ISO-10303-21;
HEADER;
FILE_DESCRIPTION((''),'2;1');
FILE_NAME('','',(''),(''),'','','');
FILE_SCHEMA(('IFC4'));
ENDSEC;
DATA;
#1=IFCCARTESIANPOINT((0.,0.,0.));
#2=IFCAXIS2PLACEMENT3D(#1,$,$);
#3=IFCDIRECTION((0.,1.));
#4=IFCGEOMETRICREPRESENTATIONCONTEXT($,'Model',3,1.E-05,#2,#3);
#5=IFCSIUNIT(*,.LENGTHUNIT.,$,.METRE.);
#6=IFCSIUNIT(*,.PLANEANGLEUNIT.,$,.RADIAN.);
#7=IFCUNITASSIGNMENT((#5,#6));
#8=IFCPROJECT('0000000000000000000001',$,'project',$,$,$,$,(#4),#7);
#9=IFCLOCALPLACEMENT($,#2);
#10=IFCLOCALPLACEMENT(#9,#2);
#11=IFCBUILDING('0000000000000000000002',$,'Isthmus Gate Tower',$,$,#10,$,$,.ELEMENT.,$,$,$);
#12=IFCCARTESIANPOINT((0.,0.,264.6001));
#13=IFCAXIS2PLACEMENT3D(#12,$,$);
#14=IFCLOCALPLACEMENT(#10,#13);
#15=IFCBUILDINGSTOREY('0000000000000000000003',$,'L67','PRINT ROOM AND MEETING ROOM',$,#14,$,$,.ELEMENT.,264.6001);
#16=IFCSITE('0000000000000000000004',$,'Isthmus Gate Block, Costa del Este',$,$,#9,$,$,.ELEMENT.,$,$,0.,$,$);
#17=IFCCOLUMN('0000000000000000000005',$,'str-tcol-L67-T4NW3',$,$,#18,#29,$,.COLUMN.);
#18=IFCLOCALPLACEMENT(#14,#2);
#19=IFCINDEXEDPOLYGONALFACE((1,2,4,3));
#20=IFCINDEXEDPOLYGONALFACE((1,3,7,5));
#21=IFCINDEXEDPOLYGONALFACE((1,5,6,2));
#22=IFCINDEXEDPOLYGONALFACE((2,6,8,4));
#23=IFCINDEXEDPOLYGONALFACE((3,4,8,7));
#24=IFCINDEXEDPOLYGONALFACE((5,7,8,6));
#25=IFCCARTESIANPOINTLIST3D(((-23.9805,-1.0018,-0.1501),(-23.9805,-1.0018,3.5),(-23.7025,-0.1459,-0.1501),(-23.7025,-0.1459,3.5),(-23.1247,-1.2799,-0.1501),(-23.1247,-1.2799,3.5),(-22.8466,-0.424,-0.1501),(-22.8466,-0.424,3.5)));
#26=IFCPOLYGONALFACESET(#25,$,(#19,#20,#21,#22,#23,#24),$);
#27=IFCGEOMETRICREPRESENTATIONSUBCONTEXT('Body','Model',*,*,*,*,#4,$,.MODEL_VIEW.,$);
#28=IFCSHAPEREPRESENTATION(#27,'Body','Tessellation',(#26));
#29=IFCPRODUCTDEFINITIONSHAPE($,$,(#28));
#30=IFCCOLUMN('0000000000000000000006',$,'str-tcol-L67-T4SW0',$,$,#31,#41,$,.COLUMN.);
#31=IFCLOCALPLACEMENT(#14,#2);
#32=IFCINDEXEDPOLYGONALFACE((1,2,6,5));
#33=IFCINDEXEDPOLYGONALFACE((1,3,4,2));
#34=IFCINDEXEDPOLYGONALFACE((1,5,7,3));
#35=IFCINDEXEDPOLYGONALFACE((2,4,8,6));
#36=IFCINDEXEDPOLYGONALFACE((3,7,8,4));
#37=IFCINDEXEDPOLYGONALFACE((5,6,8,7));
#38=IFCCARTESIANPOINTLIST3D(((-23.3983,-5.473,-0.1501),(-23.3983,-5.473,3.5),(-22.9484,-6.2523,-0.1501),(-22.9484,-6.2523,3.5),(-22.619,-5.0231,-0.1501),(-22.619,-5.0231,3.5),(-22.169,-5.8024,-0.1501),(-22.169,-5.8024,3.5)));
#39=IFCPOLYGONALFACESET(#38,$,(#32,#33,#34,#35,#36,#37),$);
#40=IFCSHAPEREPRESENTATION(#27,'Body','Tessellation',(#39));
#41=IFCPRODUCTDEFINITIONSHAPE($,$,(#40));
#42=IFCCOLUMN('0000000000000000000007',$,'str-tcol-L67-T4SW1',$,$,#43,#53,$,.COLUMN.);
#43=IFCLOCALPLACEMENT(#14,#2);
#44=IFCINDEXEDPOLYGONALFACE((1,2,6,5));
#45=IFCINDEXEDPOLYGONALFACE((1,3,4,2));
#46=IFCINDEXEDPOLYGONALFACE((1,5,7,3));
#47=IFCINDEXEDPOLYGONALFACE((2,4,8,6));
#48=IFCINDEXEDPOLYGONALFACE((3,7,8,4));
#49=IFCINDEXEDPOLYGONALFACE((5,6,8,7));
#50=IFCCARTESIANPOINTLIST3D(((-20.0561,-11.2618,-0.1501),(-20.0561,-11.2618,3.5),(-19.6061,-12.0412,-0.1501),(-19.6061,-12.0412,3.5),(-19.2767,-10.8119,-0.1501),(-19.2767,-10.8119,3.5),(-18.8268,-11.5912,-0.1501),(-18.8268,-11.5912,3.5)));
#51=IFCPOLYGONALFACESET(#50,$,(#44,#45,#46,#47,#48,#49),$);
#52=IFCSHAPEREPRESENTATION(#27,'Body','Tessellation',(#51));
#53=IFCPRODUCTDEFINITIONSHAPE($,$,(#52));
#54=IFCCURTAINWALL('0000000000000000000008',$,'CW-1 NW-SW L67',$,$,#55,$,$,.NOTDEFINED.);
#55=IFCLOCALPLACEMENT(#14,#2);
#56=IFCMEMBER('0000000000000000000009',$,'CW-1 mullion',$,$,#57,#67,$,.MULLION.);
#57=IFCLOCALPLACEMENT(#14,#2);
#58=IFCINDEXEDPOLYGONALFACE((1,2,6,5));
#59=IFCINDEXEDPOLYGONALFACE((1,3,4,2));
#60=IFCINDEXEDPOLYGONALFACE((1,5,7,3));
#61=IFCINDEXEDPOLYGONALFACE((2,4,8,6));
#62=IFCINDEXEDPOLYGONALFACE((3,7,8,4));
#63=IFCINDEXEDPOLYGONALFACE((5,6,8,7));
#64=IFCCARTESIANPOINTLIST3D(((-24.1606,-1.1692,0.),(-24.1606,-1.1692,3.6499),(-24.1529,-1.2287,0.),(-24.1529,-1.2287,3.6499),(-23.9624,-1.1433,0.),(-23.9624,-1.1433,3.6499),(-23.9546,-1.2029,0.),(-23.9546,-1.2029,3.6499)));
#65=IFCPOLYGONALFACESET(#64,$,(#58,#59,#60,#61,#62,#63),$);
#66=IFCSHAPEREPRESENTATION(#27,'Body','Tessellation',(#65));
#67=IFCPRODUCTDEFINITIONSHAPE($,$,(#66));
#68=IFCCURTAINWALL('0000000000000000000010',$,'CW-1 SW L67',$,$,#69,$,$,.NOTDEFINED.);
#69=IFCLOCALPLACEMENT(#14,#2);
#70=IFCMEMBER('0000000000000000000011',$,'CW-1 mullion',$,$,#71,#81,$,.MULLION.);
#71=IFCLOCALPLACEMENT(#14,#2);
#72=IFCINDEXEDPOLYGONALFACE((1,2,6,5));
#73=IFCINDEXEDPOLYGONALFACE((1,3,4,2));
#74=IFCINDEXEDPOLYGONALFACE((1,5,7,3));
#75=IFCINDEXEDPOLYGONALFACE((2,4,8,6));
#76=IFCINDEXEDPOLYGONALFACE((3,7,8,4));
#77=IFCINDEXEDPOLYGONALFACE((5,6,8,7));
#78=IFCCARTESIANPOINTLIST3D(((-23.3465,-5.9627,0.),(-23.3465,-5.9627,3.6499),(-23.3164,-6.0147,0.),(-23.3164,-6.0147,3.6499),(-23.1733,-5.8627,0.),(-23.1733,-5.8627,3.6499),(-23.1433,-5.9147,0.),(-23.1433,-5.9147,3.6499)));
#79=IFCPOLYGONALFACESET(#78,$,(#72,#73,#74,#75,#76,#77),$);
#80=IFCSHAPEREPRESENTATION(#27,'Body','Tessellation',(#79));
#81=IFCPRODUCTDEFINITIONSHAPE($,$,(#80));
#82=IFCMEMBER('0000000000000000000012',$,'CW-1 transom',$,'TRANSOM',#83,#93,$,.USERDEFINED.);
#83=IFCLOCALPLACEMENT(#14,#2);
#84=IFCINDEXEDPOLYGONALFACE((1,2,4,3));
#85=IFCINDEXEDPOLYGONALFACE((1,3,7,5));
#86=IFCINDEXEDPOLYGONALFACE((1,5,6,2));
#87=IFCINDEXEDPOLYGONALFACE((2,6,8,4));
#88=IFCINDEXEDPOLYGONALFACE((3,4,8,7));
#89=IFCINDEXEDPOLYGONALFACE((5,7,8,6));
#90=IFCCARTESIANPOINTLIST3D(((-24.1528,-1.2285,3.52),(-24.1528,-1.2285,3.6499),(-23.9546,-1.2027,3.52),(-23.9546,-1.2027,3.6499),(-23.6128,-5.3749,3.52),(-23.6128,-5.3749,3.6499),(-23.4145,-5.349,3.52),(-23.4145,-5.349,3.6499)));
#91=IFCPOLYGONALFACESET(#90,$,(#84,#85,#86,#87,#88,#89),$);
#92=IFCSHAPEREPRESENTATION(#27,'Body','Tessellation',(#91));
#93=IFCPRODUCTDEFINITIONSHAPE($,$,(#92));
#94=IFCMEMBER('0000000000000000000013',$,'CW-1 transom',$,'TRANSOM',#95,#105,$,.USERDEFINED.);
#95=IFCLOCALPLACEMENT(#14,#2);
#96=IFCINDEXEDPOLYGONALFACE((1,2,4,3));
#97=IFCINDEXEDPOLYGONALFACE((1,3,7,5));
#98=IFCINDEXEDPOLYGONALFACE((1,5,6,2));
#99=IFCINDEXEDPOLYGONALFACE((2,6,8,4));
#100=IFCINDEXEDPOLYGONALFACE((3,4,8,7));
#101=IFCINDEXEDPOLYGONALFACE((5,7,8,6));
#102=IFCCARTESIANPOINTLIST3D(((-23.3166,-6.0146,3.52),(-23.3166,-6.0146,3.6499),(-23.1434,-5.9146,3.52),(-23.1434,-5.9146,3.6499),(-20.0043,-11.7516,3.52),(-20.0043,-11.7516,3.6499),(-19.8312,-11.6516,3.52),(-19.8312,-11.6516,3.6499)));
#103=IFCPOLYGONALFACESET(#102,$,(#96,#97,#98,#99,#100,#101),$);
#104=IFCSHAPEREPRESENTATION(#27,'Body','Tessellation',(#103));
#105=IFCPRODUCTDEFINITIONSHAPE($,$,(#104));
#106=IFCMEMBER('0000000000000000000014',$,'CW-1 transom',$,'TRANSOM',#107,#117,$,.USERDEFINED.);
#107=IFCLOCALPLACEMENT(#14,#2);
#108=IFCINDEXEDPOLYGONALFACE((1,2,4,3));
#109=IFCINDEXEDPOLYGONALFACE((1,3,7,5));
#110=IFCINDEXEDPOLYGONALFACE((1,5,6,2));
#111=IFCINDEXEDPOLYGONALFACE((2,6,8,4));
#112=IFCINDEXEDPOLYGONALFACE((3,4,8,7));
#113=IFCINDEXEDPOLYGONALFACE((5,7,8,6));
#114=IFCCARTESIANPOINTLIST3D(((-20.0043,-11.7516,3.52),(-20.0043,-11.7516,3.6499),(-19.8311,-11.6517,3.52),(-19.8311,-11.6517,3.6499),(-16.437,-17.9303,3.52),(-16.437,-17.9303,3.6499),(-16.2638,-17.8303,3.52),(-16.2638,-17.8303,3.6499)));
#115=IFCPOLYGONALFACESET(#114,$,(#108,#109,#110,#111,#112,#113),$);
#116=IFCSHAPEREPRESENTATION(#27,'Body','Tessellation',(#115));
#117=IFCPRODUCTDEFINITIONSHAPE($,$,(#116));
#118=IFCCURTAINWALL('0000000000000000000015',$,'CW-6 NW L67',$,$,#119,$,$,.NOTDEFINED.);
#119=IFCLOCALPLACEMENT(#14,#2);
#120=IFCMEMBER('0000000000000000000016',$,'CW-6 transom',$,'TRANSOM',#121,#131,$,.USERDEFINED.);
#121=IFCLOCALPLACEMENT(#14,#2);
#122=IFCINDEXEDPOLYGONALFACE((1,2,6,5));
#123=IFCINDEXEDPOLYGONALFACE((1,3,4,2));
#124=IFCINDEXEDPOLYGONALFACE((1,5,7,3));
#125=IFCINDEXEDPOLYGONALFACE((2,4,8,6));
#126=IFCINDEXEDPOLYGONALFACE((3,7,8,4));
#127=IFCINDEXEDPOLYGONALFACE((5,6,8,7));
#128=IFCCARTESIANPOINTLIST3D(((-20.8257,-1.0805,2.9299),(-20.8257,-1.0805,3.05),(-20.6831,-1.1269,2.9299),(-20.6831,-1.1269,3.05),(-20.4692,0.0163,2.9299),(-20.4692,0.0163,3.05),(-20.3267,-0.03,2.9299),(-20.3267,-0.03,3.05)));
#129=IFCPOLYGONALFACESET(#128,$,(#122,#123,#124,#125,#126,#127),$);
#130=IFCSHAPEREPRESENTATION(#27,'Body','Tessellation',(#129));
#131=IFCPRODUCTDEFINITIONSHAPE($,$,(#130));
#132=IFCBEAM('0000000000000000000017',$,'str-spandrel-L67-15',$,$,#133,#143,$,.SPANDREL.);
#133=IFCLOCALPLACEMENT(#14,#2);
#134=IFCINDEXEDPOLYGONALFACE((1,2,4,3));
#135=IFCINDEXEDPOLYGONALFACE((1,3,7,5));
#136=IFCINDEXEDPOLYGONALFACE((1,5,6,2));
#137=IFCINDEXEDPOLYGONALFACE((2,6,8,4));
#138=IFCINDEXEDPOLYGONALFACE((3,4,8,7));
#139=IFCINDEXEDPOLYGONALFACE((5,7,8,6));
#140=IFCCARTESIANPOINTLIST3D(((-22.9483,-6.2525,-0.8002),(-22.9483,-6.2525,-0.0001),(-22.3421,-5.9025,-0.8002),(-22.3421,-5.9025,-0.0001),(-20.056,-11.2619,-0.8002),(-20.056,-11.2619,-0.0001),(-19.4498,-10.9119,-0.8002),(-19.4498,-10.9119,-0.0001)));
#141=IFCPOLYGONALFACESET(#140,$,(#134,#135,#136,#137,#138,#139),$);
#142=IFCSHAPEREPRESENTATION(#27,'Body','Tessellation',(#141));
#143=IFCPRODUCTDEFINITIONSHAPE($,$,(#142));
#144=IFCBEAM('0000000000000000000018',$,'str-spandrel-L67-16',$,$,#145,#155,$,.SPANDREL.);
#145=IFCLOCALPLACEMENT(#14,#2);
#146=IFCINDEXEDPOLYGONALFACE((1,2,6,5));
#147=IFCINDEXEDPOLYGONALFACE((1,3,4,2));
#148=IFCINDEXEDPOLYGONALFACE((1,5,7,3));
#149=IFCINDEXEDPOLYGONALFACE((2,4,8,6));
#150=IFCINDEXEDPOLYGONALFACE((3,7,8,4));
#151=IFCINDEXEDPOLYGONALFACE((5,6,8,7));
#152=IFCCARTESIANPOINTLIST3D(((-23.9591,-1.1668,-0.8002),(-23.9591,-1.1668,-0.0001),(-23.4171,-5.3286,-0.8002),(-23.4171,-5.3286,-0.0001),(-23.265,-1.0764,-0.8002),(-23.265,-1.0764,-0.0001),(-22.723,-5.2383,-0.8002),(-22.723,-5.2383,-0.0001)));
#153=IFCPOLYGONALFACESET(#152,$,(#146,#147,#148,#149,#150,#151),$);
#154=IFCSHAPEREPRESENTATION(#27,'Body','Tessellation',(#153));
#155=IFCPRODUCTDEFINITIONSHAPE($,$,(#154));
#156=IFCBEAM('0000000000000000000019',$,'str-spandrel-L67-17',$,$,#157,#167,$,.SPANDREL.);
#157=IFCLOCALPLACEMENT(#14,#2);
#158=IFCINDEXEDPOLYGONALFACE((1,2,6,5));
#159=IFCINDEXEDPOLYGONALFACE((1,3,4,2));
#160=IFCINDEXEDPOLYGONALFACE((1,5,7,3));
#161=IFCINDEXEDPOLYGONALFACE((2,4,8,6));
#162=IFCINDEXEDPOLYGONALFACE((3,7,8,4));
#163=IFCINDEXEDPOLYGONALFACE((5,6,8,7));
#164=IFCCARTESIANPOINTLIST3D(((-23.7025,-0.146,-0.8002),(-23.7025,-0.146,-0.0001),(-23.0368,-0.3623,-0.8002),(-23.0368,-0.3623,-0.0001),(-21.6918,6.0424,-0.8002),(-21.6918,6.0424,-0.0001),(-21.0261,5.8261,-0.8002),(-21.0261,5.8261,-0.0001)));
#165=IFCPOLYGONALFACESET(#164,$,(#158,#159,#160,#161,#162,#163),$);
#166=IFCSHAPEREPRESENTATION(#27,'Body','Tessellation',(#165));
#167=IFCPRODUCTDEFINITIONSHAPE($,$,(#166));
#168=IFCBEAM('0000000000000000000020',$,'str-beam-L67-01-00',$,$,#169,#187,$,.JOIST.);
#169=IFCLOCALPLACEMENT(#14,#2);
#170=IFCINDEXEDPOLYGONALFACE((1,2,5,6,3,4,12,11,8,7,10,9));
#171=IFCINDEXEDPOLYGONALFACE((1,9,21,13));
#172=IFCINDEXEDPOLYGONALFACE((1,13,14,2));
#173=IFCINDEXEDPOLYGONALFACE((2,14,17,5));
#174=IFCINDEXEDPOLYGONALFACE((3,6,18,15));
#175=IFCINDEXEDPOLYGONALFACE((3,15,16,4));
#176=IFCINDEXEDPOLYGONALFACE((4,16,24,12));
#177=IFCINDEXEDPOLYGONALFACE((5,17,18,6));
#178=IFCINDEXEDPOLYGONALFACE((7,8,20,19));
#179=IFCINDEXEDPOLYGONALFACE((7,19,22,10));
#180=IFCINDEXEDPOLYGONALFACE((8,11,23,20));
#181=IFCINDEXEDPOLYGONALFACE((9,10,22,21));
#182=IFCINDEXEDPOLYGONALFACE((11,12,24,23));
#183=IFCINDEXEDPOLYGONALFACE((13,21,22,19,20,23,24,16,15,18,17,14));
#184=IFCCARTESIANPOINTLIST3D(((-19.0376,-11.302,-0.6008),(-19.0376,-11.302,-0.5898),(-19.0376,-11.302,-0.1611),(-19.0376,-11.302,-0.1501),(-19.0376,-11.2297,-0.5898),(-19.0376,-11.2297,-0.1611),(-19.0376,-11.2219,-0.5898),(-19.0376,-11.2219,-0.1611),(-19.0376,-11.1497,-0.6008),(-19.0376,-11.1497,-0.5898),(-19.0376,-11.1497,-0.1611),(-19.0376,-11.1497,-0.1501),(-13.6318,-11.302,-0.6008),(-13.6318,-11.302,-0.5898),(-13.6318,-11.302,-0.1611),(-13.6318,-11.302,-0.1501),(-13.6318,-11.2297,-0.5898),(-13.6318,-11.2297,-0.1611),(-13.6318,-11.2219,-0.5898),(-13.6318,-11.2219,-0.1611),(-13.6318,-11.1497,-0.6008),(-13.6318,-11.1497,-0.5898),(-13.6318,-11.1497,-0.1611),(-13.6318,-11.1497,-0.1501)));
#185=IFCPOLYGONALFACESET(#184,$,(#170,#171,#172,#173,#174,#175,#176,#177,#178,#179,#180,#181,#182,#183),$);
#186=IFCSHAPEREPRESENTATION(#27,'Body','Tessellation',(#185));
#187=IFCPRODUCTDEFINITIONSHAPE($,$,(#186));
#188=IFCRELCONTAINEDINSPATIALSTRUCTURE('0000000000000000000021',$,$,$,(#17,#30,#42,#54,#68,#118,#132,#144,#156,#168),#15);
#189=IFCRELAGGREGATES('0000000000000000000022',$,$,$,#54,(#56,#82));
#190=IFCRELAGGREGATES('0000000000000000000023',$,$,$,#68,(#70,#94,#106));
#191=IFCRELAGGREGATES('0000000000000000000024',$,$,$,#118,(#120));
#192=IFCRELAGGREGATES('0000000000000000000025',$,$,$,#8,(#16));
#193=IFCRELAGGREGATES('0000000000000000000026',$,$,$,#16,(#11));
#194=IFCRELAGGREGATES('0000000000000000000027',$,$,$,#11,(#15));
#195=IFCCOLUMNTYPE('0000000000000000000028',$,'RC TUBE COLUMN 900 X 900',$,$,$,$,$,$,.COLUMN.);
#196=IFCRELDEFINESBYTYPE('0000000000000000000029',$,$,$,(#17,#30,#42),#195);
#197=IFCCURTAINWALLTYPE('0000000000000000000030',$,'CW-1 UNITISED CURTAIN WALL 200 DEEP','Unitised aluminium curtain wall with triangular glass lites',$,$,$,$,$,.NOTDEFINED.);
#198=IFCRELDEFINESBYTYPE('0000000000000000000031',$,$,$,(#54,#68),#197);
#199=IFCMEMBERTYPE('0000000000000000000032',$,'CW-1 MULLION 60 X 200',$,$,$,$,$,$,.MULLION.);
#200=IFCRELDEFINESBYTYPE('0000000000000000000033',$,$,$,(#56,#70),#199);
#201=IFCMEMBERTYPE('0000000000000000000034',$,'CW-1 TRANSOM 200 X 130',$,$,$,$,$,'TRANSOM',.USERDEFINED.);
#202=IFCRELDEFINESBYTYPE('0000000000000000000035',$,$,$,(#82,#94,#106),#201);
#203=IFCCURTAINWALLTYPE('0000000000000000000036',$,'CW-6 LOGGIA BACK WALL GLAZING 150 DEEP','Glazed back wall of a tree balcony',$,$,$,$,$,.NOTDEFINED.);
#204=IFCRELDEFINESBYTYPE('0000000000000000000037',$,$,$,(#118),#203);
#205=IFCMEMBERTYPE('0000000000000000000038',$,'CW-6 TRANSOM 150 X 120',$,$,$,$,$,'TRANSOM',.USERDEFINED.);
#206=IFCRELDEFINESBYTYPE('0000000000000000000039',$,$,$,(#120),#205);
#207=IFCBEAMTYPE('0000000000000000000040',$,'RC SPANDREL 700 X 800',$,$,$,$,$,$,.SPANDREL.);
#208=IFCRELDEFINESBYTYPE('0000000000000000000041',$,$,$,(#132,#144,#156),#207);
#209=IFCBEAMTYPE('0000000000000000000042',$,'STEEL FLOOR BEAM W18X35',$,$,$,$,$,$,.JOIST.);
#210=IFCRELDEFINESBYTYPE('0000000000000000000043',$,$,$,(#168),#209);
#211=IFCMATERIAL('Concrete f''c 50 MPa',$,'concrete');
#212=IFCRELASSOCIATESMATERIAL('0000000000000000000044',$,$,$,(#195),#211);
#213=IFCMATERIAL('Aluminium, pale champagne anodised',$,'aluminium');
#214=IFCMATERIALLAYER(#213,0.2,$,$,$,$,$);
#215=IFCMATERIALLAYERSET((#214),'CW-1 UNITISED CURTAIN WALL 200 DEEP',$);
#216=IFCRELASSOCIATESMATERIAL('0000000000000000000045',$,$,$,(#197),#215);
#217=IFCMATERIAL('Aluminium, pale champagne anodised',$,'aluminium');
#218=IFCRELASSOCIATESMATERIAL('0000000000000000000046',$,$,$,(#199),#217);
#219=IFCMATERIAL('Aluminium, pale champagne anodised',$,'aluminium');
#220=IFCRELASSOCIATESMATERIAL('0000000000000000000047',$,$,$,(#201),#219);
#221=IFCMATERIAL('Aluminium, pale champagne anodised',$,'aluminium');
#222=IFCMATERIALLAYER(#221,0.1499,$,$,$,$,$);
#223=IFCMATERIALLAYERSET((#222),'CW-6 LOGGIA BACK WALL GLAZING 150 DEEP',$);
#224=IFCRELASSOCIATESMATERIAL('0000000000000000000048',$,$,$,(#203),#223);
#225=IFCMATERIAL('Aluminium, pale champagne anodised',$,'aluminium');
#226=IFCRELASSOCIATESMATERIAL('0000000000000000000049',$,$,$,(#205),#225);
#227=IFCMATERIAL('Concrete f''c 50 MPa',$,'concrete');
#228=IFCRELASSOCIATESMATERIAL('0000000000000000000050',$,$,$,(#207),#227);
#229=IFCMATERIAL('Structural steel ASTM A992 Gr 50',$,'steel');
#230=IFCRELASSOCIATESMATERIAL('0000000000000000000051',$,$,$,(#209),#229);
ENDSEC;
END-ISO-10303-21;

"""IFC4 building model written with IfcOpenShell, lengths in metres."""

from ifc_helpers import new_model, si_unit, direction, frame, origin, origin_2d, place, context, subcontext, project, spatial, rectangle, i_section, extrude, material, layer, layer_set, material_profile, profile_set, type_object, element, aggregate, save


model = new_model("IFC4")

# Units and contexts
model_context = context("Model", 3, precision=1e-05, world=origin(), true_north=direction((0.0, 1.0)))
body_context = subcontext(model_context, "Body", "Model", "MODEL_VIEW")
ifc_project = project(units=[si_unit("LENGTHUNIT", "METRE"), si_unit("PLANEANGLEUNIT", "RADIAN")], contexts=[model_context])

# Site, building, storey
site_placement = place(None, origin())
site = spatial("IfcSite", under=ifc_project, at=site_placement, Name="Isthmus Gate Block, Costa del Este", CompositionType="ELEMENT", RefElevation=0.0)
building_placement = place(site_placement, origin())
building = spatial("IfcBuilding", under=site, at=building_placement, Name="Isthmus Gate Tower", CompositionType="ELEMENT")
storey_placement = place(building_placement, frame((0.0, 0.0, 264.6001)))
storey = spatial("IfcBuildingStorey", under=building, at=storey_placement, Name="L67", Description="PRINT ROOM AND MEETING ROOM", CompositionType="ELEMENT", Elevation=264.6001)

# Columns
ifc_material_1 = material(Name="Concrete f'c 50 MPa", Category="concrete")
ifc_material_profile_1 = material_profile(ifc_material_1, rectangle(XDim=0.8999, YDim=0.8999, at=origin_2d()), Name="RC 900X900")
ifc_profile_set_1 = profile_set([ifc_material_profile_1], Name="Concrete f'c 50 MPa")
column_type = type_object("IfcColumnType", Name="RC TUBE COLUMN 900 X 900", PredefinedType="COLUMN", material=ifc_profile_set_1)
for number, where, z_axis, x_axis, name in (
    (1, (-23.4136, -0.7129, -0.1501), (0.0, 0.0, 1.0), (-0.309017, -0.951057, 0.0), "str-tcol-L67-T4NW3"),
    (2, (-22.7837, -5.6377, -0.1501), (0.0, 0.0, 1.0), (0.5, -0.866025, 0.0), "str-tcol-L67-T4SW0"),
    (3, (-19.4414, -11.4265, -0.1501), (0.0, 0.0, 1.0), (0.5, -0.866025, 0.0), "str-tcol-L67-T4SW1"),
):
    element("IfcColumn", number, at=place(storey_placement, frame(where, z_axis=z_axis, x_axis=x_axis)), inside=storey, type_object=column_type, Name=name, PredefinedType="COLUMN", context=body_context, shape_type="SweptSolid", body=[
        extrude(rectangle(XDim=0.8999, YDim=0.8999, at=origin_2d()), origin(), (0.0, 0.0, 1.0), 3.6501),
    ])

# Curtain walls, members
ifc_material_2 = material(Name="Aluminium, pale champagne anodised", Category="aluminium")
ifc_layer_1 = layer(ifc_material_2, 0.2)
ifc_layer_set_1 = layer_set([ifc_layer_1], Name="CW-1 UNITISED CURTAIN WALL 200 DEEP")
curtain_wall_type_1 = type_object("IfcCurtainWallType", Name="CW-1 UNITISED CURTAIN WALL 200 DEEP", Description="Unitised aluminium curtain wall with triangular glass lites", PredefinedType="NOTDEFINED", material=ifc_layer_set_1)
curtain_wall_1_placement = place(storey_placement, origin())
curtain_wall_1 = element("IfcCurtainWall", 4, at=curtain_wall_1_placement, inside=storey, type_object=curtain_wall_type_1, Name="CW-1 NW-SW L67", PredefinedType="NOTDEFINED")
ifc_material_3 = material(Name="Aluminium, pale champagne anodised", Category="aluminium")
ifc_material_profile_2 = material_profile(ifc_material_3, rectangle(XDim=0.0601, YDim=0.2, at=origin_2d()), Name="60x200")
ifc_profile_set_2 = profile_set([ifc_material_profile_2], Name="Aluminium, pale champagne anodised")
member_type_1 = type_object("IfcMemberType", Name="CW-1 MULLION 60 X 200", PredefinedType="MULLION", material=ifc_profile_set_2)
member_1_placement = place(storey_placement, frame((-24.0576, -1.186, 0.0), z_axis=(0.0, 0.0, 1.0), x_axis=(0.129165, -0.991623, 0.0)))
member_1 = element("IfcMember", 5, at=member_1_placement, type_object=member_type_1, Name="CW-1 mullion", PredefinedType="MULLION", context=body_context, shape_type="SweptSolid", body=[
    extrude(rectangle(XDim=0.0601, YDim=0.2, at=origin_2d()), origin(), (0.0, 0.0, 1.0), 3.6499),
])
curtain_wall_2_placement = place(storey_placement, origin())
curtain_wall_2 = element("IfcCurtainWall", 6, at=curtain_wall_2_placement, inside=storey, type_object=curtain_wall_type_1, Name="CW-1 SW L67", PredefinedType="NOTDEFINED")
member_2_placement = place(storey_placement, frame((-23.2449, -5.9387, 0.0), z_axis=(0.0, 0.0, 1.0), x_axis=(0.5, -0.866025, 0.0)))
member_2 = element("IfcMember", 7, at=member_2_placement, type_object=member_type_1, Name="CW-1 mullion", PredefinedType="MULLION", context=body_context, shape_type="SweptSolid", body=[
    extrude(rectangle(XDim=0.0601, YDim=0.2, at=origin_2d()), origin(), (0.0, 0.0, 1.0), 3.6499),
])

# Members
ifc_material_4 = material(Name="Aluminium, pale champagne anodised", Category="aluminium")
ifc_material_profile_3 = material_profile(ifc_material_4, rectangle(XDim=0.2, YDim=0.1299, at=origin_2d()), Name="200x130")
ifc_profile_set_3 = profile_set([ifc_material_profile_3], Name="Aluminium, pale champagne anodised")
member_type_2 = type_object("IfcMemberType", Name="CW-1 TRANSOM 200 X 130", ElementType="TRANSOM", PredefinedType="USERDEFINED", material=ifc_profile_set_3)
member_3_placement = place(storey_placement, frame((-24.0537, -1.2156, 3.585), z_axis=(0.129149, -0.991625, 0.0), x_axis=(0.991625, 0.129149, 0.0)))
member_3 = element("IfcMember", 8, at=member_3_placement, type_object=member_type_2, Name="CW-1 transom", ObjectType="TRANSOM", PredefinedType="USERDEFINED", context=body_context, shape_type="SweptSolid", body=[
    extrude(rectangle(XDim=0.2, YDim=0.1299, at=origin_2d()), origin(), (0.0, 0.0, 1.0), 4.1814),
])
member_4_placement = place(storey_placement, frame((-23.23, -5.9646, 3.585), z_axis=(0.499996, -0.866028, 0.0), x_axis=(0.866028, 0.499996, 0.0)))
member_4 = element("IfcMember", 9, at=member_4_placement, type_object=member_type_2, Name="CW-1 transom", ObjectType="TRANSOM", PredefinedType="USERDEFINED", context=body_context, shape_type="SweptSolid", body=[
    extrude(rectangle(XDim=0.2, YDim=0.1299, at=origin_2d()), origin(), (0.0, 0.0, 1.0), 6.6245),
])
member_5_placement = place(storey_placement, frame((-19.9177, -11.7017, 3.585), z_axis=(0.500011, -0.866019, 0.0), x_axis=(0.866019, 0.500011, 0.0)))
member_5 = element("IfcMember", 10, at=member_5_placement, type_object=member_type_2, Name="CW-1 transom", ObjectType="TRANSOM", PredefinedType="USERDEFINED", context=body_context, shape_type="SweptSolid", body=[
    extrude(rectangle(XDim=0.2, YDim=0.1299, at=origin_2d()), origin(), (0.0, 0.0, 1.0), 7.1345),
])

# Curtain wall, member
ifc_material_5 = material(Name="Aluminium, pale champagne anodised", Category="aluminium")
ifc_layer_2 = layer(ifc_material_5, 0.1499)
ifc_layer_set_2 = layer_set([ifc_layer_2], Name="CW-6 LOGGIA BACK WALL GLAZING 150 DEEP")
curtain_wall_type_2 = type_object("IfcCurtainWallType", Name="CW-6 LOGGIA BACK WALL GLAZING 150 DEEP", Description="Glazed back wall of a tree balcony", PredefinedType="NOTDEFINED", material=ifc_layer_set_2)
curtain_wall_3_placement = place(storey_placement, origin())
curtain_wall_3 = element("IfcCurtainWall", 11, at=curtain_wall_3_placement, inside=storey, type_object=curtain_wall_type_2, Name="CW-6 NW L67", PredefinedType="NOTDEFINED")
ifc_material_6 = material(Name="Aluminium, pale champagne anodised", Category="aluminium")
ifc_material_profile_4 = material_profile(ifc_material_6, rectangle(XDim=0.1499, YDim=0.1201, at=origin_2d()), Name="150x120")
ifc_profile_set_4 = profile_set([ifc_material_profile_4], Name="Aluminium, pale champagne anodised")
member_type_3 = type_object("IfcMemberType", Name="CW-6 TRANSOM 150 X 120", ElementType="TRANSOM", PredefinedType="USERDEFINED", material=ifc_profile_set_4)
member_6_placement = place(storey_placement, frame((-20.3979, -0.0068, 2.99), z_axis=(-0.309043, -0.951048, 0.0), x_axis=(0.951048, -0.309043, 0.0)))
member_6 = element("IfcMember", 12, at=member_6_placement, type_object=member_type_3, Name="CW-6 transom", ObjectType="TRANSOM", PredefinedType="USERDEFINED", context=body_context, shape_type="SweptSolid", body=[
    extrude(rectangle(XDim=0.1499, YDim=0.1201, at=origin_2d()), origin(), (0.0, 0.0, 1.0), 1.1533),
])

# Beams
ifc_material_7 = material(Name="Concrete f'c 50 MPa", Category="concrete")
ifc_material_profile_5 = material_profile(ifc_material_7, rectangle(XDim=0.7, YDim=0.8, at=origin_2d()), Name="RC 700X800")
ifc_profile_set_5 = profile_set([ifc_material_profile_5], Name="Concrete f'c 50 MPa")
beam_type_1 = type_object("IfcBeamType", Name="RC SPANDREL 700 X 800", PredefinedType="SPANDREL", material=ifc_profile_set_5)
beam_1_placement = place(storey_placement, frame((-19.7529, -11.0869, -0.4001), z_axis=(-0.500011, 0.866019, 0.0), x_axis=(-0.866019, -0.500011, 0.0)))
element("IfcBeam", 13, at=beam_1_placement, inside=storey, type_object=beam_type_1, Name="str-spandrel-L67-15", PredefinedType="SPANDREL", context=body_context, shape_type="SweptSolid", body=[
    extrude(rectangle(XDim=0.7, YDim=0.8, at=origin_2d()), origin(), (0.0, 0.0, 1.0), 5.7844),
])
beam_2_placement = place(storey_placement, frame((-23.0701, -5.2834, -0.4001), z_axis=(-0.129138, 0.991627, 0.0), x_axis=(-0.991627, -0.129138, 0.0)))
element("IfcBeam", 14, at=beam_2_placement, inside=storey, type_object=beam_type_1, Name="str-spandrel-L67-16", PredefinedType="SPANDREL", context=body_context, shape_type="SweptSolid", body=[
    extrude(rectangle(XDim=0.7, YDim=0.8, at=origin_2d()), origin(), (0.0, 0.0, 1.0), 4.197),
])
beam_3_placement = place(storey_placement, frame((-23.3696, -0.2542, -0.4001), z_axis=(0.309015, 0.951057, 0.0), x_axis=(-0.951057, 0.309015, 0.0)))
element("IfcBeam", 15, at=beam_3_placement, inside=storey, type_object=beam_type_1, Name="str-spandrel-L67-17", PredefinedType="SPANDREL", context=body_context, shape_type="SweptSolid", body=[
    extrude(rectangle(XDim=0.7, YDim=0.8, at=origin_2d()), origin(), (0.0, 0.0, 1.0), 6.5068),
])
ifc_material_8 = material(Name="Structural steel ASTM A992 Gr 50", Category="steel")
ifc_material_profile_6 = material_profile(ifc_material_8, i_section(OverallWidth=0.1523, OverallDepth=0.4507, WebThickness=0.0078, FlangeThickness=0.011, at=origin_2d()), Name="W18X35")
ifc_profile_set_6 = profile_set([ifc_material_profile_6], Name="Structural steel ASTM A992 Gr 50")
beam_type_2 = type_object("IfcBeamType", Name="STEEL FLOOR BEAM W18X35", PredefinedType="JOIST", material=ifc_profile_set_6)
beam_4_placement = place(storey_placement, frame((-19.0376, -11.2258, -0.3755), z_axis=(1.0, 0.0, 0.0), x_axis=(0.0, 1.0, 0.0)))
element("IfcBeam", 16, at=beam_4_placement, inside=storey, type_object=beam_type_2, Name="str-beam-L67-01-00", PredefinedType="JOIST", context=body_context, shape_type="SweptSolid", body=[
    extrude(i_section(OverallWidth=0.1523, OverallDepth=0.4507, WebThickness=0.0078, FlangeThickness=0.011, at=origin_2d()), origin(), (0.0, 0.0, 1.0), 5.4058),
])

aggregate(curtain_wall_1, [member_1, member_3])
aggregate(curtain_wall_2, [member_2, member_4, member_5])
aggregate(curtain_wall_3, [member_6])

save(model, "model.ifc")
